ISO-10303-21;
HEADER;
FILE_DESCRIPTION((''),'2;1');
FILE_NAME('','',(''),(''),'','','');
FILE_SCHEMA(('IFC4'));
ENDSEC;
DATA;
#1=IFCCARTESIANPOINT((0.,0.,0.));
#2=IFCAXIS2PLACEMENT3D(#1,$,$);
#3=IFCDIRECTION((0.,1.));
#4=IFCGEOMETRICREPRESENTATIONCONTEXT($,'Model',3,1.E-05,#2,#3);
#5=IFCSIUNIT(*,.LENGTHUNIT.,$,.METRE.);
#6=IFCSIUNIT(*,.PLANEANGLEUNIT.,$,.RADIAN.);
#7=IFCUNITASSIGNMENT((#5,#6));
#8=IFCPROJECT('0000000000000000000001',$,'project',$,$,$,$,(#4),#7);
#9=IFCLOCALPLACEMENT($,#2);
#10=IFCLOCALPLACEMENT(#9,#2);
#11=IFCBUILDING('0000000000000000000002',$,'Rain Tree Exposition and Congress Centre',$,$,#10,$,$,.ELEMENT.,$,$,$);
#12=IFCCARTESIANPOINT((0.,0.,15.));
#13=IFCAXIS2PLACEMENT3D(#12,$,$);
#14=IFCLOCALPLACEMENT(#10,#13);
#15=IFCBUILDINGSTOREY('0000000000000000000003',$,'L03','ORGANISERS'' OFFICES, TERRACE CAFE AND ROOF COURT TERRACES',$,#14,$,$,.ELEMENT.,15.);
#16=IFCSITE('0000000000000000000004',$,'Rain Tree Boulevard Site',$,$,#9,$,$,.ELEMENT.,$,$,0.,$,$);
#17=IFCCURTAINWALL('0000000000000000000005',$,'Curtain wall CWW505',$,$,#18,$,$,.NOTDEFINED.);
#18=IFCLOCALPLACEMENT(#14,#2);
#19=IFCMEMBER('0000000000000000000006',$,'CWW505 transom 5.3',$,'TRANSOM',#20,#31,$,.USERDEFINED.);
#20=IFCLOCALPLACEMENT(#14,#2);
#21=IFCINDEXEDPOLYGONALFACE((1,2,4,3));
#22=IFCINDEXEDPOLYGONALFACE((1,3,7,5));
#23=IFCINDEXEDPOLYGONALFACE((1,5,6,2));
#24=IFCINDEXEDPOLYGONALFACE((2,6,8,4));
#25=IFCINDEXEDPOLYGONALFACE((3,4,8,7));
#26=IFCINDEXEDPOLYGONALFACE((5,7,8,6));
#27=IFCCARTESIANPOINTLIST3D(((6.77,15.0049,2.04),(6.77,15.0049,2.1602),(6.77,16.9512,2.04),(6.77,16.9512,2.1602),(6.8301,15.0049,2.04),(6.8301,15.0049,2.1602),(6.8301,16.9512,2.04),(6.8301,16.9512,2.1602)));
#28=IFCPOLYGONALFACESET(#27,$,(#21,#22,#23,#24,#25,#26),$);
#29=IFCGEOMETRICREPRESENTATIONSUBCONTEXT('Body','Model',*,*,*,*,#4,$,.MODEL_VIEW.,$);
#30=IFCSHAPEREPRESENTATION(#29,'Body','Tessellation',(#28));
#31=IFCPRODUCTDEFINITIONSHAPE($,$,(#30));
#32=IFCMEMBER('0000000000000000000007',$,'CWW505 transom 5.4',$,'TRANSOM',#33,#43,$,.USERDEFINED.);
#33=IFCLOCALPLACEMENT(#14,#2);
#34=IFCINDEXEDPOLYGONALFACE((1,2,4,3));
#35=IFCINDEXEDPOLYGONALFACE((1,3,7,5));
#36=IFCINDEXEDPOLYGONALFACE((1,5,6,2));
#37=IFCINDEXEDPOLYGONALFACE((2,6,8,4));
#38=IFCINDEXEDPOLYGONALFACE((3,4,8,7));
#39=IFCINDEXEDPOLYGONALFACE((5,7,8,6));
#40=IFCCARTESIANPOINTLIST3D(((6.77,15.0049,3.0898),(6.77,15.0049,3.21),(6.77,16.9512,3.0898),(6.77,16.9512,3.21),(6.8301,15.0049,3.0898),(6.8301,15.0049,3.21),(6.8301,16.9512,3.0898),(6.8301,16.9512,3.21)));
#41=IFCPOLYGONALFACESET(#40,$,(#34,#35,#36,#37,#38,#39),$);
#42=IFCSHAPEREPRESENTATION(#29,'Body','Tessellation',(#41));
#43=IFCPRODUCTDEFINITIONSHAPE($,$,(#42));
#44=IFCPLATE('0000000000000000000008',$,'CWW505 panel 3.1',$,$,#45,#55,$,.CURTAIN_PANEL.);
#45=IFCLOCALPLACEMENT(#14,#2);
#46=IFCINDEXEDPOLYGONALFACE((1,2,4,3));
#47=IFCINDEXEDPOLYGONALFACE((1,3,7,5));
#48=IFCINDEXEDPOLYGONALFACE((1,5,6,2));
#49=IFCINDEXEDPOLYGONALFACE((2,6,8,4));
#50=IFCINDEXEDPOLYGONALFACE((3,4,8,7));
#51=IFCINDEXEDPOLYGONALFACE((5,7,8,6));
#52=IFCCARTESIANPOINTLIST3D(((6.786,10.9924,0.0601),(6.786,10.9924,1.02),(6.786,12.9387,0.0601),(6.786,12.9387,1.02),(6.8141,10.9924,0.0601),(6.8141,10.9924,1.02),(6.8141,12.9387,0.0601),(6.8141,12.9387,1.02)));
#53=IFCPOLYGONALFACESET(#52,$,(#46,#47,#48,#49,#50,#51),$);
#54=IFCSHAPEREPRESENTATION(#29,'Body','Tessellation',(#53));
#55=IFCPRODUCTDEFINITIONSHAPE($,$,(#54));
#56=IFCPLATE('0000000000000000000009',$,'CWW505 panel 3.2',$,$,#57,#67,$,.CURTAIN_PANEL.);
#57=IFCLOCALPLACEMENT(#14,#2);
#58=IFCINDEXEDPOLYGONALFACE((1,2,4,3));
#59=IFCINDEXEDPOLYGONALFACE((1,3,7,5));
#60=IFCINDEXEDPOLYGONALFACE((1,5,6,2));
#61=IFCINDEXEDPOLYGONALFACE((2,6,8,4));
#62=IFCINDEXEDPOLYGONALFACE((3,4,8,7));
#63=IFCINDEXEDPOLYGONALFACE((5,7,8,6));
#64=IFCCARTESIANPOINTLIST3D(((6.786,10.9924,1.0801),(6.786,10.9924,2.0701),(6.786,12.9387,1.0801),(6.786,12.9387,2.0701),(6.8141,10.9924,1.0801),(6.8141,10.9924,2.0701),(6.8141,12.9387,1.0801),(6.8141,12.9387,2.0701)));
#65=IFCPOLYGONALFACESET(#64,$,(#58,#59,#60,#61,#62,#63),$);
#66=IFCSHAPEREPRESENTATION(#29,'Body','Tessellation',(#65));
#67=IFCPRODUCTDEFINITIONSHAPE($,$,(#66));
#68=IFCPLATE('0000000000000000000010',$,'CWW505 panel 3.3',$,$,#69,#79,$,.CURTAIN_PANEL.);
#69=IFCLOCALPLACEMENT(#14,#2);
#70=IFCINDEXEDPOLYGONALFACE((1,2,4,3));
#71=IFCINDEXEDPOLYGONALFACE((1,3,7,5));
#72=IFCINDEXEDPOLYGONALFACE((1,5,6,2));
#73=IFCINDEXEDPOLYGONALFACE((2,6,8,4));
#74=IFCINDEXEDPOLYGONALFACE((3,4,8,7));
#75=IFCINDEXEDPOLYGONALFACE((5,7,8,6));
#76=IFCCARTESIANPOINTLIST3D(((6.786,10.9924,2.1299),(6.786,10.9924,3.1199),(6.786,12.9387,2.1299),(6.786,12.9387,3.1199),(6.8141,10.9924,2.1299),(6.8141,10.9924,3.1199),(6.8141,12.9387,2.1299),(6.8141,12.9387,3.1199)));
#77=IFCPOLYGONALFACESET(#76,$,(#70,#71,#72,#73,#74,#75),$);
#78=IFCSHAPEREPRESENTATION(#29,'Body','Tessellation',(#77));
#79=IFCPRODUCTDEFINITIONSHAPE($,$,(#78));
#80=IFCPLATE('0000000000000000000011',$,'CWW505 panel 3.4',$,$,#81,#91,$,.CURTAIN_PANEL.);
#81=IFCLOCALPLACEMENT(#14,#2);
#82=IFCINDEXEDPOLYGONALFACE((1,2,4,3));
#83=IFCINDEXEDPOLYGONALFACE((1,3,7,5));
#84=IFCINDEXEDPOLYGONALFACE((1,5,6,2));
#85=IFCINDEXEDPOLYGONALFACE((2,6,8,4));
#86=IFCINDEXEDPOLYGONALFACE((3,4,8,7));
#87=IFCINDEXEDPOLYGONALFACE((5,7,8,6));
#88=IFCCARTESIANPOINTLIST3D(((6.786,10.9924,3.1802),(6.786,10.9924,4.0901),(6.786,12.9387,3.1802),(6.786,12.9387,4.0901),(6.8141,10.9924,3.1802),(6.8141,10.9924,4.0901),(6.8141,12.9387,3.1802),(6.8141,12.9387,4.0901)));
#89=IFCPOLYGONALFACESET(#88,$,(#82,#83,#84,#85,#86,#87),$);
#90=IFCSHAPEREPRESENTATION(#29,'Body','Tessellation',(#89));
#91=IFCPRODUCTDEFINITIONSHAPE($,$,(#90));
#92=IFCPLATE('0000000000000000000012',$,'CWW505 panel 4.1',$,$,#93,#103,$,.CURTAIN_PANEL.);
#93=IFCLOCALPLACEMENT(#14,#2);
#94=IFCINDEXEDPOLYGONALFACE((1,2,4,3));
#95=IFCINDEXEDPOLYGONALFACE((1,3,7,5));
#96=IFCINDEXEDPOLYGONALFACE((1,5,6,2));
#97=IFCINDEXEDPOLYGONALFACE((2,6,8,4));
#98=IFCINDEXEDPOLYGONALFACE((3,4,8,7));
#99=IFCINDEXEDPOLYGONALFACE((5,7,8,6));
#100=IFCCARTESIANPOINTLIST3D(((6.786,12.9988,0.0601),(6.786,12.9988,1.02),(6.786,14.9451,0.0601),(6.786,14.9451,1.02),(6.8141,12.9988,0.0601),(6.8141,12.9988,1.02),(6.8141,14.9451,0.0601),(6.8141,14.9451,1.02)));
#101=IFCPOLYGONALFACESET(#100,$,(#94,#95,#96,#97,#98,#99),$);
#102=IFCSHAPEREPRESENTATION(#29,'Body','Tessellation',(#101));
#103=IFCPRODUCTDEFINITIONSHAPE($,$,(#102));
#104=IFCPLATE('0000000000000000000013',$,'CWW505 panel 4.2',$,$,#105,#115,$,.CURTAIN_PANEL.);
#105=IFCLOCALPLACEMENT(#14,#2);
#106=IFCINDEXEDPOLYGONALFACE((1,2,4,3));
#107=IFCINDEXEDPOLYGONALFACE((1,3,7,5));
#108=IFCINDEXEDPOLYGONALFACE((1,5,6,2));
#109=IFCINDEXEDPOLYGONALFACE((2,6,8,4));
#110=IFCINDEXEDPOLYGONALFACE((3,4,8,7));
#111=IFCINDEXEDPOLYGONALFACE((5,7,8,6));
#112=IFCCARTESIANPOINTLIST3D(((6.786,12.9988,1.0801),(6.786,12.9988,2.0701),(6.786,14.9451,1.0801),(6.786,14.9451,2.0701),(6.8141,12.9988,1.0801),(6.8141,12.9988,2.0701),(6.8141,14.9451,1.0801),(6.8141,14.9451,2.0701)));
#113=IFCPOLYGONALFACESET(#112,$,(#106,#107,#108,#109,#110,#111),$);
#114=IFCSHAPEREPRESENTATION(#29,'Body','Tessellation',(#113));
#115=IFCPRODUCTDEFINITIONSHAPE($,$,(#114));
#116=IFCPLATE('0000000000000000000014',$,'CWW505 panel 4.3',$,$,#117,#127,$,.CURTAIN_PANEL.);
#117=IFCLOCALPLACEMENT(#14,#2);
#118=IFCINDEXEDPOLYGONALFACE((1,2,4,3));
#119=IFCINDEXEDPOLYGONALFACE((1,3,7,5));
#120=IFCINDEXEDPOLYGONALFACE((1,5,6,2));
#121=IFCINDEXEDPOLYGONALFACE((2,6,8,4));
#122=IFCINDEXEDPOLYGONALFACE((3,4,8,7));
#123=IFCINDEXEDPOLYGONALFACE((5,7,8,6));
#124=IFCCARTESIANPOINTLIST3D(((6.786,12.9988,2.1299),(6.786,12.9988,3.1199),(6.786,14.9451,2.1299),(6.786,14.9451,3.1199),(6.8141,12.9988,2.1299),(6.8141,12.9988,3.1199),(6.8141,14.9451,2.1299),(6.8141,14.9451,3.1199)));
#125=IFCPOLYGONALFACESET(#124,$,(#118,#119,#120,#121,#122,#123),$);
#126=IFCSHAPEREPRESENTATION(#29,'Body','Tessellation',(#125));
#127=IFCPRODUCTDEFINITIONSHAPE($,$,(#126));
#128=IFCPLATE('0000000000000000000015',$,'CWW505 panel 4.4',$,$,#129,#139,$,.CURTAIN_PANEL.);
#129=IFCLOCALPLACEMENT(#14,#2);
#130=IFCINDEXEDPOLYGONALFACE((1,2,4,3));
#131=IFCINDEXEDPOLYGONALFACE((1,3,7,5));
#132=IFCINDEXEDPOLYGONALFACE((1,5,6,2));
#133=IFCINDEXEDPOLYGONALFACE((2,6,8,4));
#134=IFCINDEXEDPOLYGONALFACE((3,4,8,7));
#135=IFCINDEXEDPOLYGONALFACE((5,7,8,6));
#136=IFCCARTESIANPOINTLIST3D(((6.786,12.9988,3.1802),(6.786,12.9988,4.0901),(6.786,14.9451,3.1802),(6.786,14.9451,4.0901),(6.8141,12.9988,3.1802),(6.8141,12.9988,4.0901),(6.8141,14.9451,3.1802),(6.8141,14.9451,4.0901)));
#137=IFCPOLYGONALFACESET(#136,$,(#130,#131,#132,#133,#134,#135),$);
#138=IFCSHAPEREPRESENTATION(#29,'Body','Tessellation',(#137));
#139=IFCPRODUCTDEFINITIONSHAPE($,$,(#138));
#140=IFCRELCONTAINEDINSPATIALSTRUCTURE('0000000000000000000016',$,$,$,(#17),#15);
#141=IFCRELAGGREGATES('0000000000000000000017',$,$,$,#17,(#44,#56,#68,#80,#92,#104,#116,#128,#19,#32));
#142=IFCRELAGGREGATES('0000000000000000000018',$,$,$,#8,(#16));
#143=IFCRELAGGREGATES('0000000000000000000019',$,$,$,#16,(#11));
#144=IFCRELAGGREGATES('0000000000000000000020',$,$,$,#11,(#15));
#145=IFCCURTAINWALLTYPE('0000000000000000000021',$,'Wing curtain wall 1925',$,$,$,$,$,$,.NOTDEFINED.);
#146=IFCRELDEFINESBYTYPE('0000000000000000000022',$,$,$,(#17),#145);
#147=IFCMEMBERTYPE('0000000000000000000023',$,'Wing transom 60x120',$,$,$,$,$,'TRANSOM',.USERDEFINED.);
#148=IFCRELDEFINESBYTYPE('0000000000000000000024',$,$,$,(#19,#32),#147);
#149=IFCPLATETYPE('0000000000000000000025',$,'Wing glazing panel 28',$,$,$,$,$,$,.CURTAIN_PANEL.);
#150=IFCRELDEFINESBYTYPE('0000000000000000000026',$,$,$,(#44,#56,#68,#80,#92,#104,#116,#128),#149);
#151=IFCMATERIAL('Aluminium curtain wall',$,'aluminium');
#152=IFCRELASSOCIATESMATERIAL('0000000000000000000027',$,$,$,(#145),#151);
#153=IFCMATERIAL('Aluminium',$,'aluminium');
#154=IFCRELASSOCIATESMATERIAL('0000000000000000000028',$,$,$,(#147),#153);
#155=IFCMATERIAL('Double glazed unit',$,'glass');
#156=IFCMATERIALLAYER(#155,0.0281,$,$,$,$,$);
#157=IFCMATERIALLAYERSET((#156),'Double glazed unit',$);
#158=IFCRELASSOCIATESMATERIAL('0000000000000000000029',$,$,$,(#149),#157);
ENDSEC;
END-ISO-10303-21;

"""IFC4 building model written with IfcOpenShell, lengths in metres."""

from ifc_helpers import new_model, si_unit, direction, frame, origin, origin_2d, place, context, subcontext, project, spatial, rectangle, extrude, material, layer, layer_set, material_profile, profile_set, type_object, element, aggregate, save


model = new_model("IFC4")

# Units and contexts
model_context = context("Model", 3, precision=1e-05, world=origin(), true_north=direction((0.0, 1.0)))
body_context = subcontext(model_context, "Body", "Model", "MODEL_VIEW")
ifc_project = project(units=[si_unit("LENGTHUNIT", "METRE"), si_unit("PLANEANGLEUNIT", "RADIAN")], contexts=[model_context])

# Site, building, storey
site_placement = place(None, origin())
site = spatial("IfcSite", under=ifc_project, at=site_placement, Name="Rain Tree Boulevard Site", CompositionType="ELEMENT", RefElevation=0.0)
building_placement = place(site_placement, origin())
building = spatial("IfcBuilding", under=site, at=building_placement, Name="Rain Tree Exposition and Congress Centre", CompositionType="ELEMENT")
storey_placement = place(building_placement, frame((0.0, 0.0, 15.0)))
storey = spatial("IfcBuildingStorey", under=building, at=storey_placement, Name="L03", Description="ORGANISERS' OFFICES, TERRACE CAFE AND ROOF COURT TERRACES", CompositionType="ELEMENT", Elevation=15.0)

# Curtain wall, members, plates
ifc_material_1 = material(Name="Aluminium curtain wall", Category="aluminium")
curtain_wall_type = type_object("IfcCurtainWallType", Name="Wing curtain wall 1925", PredefinedType="NOTDEFINED", material=ifc_material_1)
curtain_wall_placement = place(storey_placement, origin())
curtain_wall = element("IfcCurtainWall", 1, at=curtain_wall_placement, inside=storey, type_object=curtain_wall_type, Name="Curtain wall CWW505", PredefinedType="NOTDEFINED")
ifc_material_2 = material(Name="Aluminium", Category="aluminium")
ifc_material_profile_1 = material_profile(ifc_material_2, rectangle(XDim=0.0601, YDim=0.1201, at=origin_2d()), Name="Aluminium 60x120")
ifc_profile_set_1 = profile_set([ifc_material_profile_1], Name="Aluminium")
member_type_1 = type_object("IfcMemberType", Name="Wing transom 60x120", ElementType="TRANSOM", PredefinedType="USERDEFINED", material=ifc_profile_set_1)
member_1_placement = place(storey_placement, frame((6.8, 15.0049, 2.1001), z_axis=(0.0, 1.0, 0.0), x_axis=(-1.0, 0.0, 0.0)))
member_1 = element("IfcMember", 2, at=member_1_placement, type_object=member_type_1, Name="CWW505 transom 5.3", ObjectType="TRANSOM", PredefinedType="USERDEFINED", context=body_context, shape_type="SweptSolid", body=[
    extrude(rectangle(XDim=0.0601, YDim=0.1201, at=origin_2d()), origin(), (0.0, 0.0, 1.0), 1.9463),
])
member_2_placement = place(storey_placement, frame((6.8, 15.0049, 3.1499), z_axis=(0.0, 1.0, 0.0), x_axis=(-1.0, 0.0, 0.0)))
member_2 = element("IfcMember", 3, at=member_2_placement, type_object=member_type_1, Name="CWW505 transom 5.4", ObjectType="TRANSOM", PredefinedType="USERDEFINED", context=body_context, shape_type="SweptSolid", body=[
    extrude(rectangle(XDim=0.0601, YDim=0.1201, at=origin_2d()), origin(), (0.0, 0.0, 1.0), 1.9463),
])
ifc_material_3 = material(Name="Double glazed unit", Category="glass")
ifc_layer = layer(ifc_material_3, 0.0281)
ifc_layer_set = layer_set([ifc_layer], Name="Double glazed unit")
plate_type = type_object("IfcPlateType", Name="Wing glazing panel 28", PredefinedType="CURTAIN_PANEL", material=ifc_layer_set)
plate_1_placement = place(storey_placement, frame((6.8, 11.9656, 0.0601), z_axis=(0.0, 0.0, 1.0), x_axis=(0.0, 1.0, 0.0)))
plate_1 = element("IfcPlate", 4, at=plate_1_placement, type_object=plate_type, Name="CWW505 panel 3.1", PredefinedType="CURTAIN_PANEL", context=body_context, shape_type="SweptSolid", body=[
    extrude(rectangle(XDim=1.9463, YDim=0.0281, at=origin_2d()), origin(), (0.0, 0.0, 1.0), 0.96),
])
plate_2_placement = place(storey_placement, frame((6.8, 11.9656, 1.0801), z_axis=(0.0, 0.0, 1.0), x_axis=(0.0, 1.0, 0.0)))
plate_2 = element("IfcPlate", 5, at=plate_2_placement, type_object=plate_type, Name="CWW505 panel 3.2", PredefinedType="CURTAIN_PANEL", context=body_context, shape_type="SweptSolid", body=[
    extrude(rectangle(XDim=1.9463, YDim=0.0281, at=origin_2d()), origin(), (0.0, 0.0, 1.0), 0.99),
])
plate_3_placement = place(storey_placement, frame((6.8, 11.9656, 2.1299), z_axis=(0.0, 0.0, 1.0), x_axis=(0.0, 1.0, 0.0)))
plate_3 = element("IfcPlate", 6, at=plate_3_placement, type_object=plate_type, Name="CWW505 panel 3.3", PredefinedType="CURTAIN_PANEL", context=body_context, shape_type="SweptSolid", body=[
    extrude(rectangle(XDim=1.9463, YDim=0.0281, at=origin_2d()), origin(), (0.0, 0.0, 1.0), 0.99),
])
plate_4_placement = place(storey_placement, frame((6.8, 11.9656, 3.1802), z_axis=(0.0, 0.0, 1.0), x_axis=(0.0, 1.0, 0.0)))
plate_4 = element("IfcPlate", 7, at=plate_4_placement, type_object=plate_type, Name="CWW505 panel 3.4", PredefinedType="CURTAIN_PANEL", context=body_context, shape_type="SweptSolid", body=[
    extrude(rectangle(XDim=1.9463, YDim=0.0281, at=origin_2d()), origin(), (0.0, 0.0, 1.0), 0.9099),
])
plate_5_placement = place(storey_placement, frame((6.8, 13.9719, 0.0601), z_axis=(0.0, 0.0, 1.0), x_axis=(0.0, 1.0, 0.0)))
plate_5 = element("IfcPlate", 8, at=plate_5_placement, type_object=plate_type, Name="CWW505 panel 4.1", PredefinedType="CURTAIN_PANEL", context=body_context, shape_type="SweptSolid", body=[
    extrude(rectangle(XDim=1.9463, YDim=0.0281, at=origin_2d()), origin(), (0.0, 0.0, 1.0), 0.96),
])
plate_6_placement = place(storey_placement, frame((6.8, 13.9719, 1.0801), z_axis=(0.0, 0.0, 1.0), x_axis=(0.0, 1.0, 0.0)))
plate_6 = element("IfcPlate", 9, at=plate_6_placement, type_object=plate_type, Name="CWW505 panel 4.2", PredefinedType="CURTAIN_PANEL", context=body_context, shape_type="SweptSolid", body=[
    extrude(rectangle(XDim=1.9463, YDim=0.0281, at=origin_2d()), origin(), (0.0, 0.0, 1.0), 0.99),
])
plate_7_placement = place(storey_placement, frame((6.8, 13.9719, 2.1299), z_axis=(0.0, 0.0, 1.0), x_axis=(0.0, 1.0, 0.0)))
plate_7 = element("IfcPlate", 10, at=plate_7_placement, type_object=plate_type, Name="CWW505 panel 4.3", PredefinedType="CURTAIN_PANEL", context=body_context, shape_type="SweptSolid", body=[
    extrude(rectangle(XDim=1.9463, YDim=0.0281, at=origin_2d()), origin(), (0.0, 0.0, 1.0), 0.99),
])
plate_8_placement = place(storey_placement, frame((6.8, 13.9719, 3.1802), z_axis=(0.0, 0.0, 1.0), x_axis=(0.0, 1.0, 0.0)))
plate_8 = element("IfcPlate", 11, at=plate_8_placement, type_object=plate_type, Name="CWW505 panel 4.4", PredefinedType="CURTAIN_PANEL", context=body_context, shape_type="SweptSolid", body=[
    extrude(rectangle(XDim=1.9463, YDim=0.0281, at=origin_2d()), origin(), (0.0, 0.0, 1.0), 0.9099),
])
aggregate(curtain_wall, [plate_1, plate_2, plate_3, plate_4, plate_5, plate_6, plate_7, plate_8, member_1, member_2])

save(model, "model.ifc")
